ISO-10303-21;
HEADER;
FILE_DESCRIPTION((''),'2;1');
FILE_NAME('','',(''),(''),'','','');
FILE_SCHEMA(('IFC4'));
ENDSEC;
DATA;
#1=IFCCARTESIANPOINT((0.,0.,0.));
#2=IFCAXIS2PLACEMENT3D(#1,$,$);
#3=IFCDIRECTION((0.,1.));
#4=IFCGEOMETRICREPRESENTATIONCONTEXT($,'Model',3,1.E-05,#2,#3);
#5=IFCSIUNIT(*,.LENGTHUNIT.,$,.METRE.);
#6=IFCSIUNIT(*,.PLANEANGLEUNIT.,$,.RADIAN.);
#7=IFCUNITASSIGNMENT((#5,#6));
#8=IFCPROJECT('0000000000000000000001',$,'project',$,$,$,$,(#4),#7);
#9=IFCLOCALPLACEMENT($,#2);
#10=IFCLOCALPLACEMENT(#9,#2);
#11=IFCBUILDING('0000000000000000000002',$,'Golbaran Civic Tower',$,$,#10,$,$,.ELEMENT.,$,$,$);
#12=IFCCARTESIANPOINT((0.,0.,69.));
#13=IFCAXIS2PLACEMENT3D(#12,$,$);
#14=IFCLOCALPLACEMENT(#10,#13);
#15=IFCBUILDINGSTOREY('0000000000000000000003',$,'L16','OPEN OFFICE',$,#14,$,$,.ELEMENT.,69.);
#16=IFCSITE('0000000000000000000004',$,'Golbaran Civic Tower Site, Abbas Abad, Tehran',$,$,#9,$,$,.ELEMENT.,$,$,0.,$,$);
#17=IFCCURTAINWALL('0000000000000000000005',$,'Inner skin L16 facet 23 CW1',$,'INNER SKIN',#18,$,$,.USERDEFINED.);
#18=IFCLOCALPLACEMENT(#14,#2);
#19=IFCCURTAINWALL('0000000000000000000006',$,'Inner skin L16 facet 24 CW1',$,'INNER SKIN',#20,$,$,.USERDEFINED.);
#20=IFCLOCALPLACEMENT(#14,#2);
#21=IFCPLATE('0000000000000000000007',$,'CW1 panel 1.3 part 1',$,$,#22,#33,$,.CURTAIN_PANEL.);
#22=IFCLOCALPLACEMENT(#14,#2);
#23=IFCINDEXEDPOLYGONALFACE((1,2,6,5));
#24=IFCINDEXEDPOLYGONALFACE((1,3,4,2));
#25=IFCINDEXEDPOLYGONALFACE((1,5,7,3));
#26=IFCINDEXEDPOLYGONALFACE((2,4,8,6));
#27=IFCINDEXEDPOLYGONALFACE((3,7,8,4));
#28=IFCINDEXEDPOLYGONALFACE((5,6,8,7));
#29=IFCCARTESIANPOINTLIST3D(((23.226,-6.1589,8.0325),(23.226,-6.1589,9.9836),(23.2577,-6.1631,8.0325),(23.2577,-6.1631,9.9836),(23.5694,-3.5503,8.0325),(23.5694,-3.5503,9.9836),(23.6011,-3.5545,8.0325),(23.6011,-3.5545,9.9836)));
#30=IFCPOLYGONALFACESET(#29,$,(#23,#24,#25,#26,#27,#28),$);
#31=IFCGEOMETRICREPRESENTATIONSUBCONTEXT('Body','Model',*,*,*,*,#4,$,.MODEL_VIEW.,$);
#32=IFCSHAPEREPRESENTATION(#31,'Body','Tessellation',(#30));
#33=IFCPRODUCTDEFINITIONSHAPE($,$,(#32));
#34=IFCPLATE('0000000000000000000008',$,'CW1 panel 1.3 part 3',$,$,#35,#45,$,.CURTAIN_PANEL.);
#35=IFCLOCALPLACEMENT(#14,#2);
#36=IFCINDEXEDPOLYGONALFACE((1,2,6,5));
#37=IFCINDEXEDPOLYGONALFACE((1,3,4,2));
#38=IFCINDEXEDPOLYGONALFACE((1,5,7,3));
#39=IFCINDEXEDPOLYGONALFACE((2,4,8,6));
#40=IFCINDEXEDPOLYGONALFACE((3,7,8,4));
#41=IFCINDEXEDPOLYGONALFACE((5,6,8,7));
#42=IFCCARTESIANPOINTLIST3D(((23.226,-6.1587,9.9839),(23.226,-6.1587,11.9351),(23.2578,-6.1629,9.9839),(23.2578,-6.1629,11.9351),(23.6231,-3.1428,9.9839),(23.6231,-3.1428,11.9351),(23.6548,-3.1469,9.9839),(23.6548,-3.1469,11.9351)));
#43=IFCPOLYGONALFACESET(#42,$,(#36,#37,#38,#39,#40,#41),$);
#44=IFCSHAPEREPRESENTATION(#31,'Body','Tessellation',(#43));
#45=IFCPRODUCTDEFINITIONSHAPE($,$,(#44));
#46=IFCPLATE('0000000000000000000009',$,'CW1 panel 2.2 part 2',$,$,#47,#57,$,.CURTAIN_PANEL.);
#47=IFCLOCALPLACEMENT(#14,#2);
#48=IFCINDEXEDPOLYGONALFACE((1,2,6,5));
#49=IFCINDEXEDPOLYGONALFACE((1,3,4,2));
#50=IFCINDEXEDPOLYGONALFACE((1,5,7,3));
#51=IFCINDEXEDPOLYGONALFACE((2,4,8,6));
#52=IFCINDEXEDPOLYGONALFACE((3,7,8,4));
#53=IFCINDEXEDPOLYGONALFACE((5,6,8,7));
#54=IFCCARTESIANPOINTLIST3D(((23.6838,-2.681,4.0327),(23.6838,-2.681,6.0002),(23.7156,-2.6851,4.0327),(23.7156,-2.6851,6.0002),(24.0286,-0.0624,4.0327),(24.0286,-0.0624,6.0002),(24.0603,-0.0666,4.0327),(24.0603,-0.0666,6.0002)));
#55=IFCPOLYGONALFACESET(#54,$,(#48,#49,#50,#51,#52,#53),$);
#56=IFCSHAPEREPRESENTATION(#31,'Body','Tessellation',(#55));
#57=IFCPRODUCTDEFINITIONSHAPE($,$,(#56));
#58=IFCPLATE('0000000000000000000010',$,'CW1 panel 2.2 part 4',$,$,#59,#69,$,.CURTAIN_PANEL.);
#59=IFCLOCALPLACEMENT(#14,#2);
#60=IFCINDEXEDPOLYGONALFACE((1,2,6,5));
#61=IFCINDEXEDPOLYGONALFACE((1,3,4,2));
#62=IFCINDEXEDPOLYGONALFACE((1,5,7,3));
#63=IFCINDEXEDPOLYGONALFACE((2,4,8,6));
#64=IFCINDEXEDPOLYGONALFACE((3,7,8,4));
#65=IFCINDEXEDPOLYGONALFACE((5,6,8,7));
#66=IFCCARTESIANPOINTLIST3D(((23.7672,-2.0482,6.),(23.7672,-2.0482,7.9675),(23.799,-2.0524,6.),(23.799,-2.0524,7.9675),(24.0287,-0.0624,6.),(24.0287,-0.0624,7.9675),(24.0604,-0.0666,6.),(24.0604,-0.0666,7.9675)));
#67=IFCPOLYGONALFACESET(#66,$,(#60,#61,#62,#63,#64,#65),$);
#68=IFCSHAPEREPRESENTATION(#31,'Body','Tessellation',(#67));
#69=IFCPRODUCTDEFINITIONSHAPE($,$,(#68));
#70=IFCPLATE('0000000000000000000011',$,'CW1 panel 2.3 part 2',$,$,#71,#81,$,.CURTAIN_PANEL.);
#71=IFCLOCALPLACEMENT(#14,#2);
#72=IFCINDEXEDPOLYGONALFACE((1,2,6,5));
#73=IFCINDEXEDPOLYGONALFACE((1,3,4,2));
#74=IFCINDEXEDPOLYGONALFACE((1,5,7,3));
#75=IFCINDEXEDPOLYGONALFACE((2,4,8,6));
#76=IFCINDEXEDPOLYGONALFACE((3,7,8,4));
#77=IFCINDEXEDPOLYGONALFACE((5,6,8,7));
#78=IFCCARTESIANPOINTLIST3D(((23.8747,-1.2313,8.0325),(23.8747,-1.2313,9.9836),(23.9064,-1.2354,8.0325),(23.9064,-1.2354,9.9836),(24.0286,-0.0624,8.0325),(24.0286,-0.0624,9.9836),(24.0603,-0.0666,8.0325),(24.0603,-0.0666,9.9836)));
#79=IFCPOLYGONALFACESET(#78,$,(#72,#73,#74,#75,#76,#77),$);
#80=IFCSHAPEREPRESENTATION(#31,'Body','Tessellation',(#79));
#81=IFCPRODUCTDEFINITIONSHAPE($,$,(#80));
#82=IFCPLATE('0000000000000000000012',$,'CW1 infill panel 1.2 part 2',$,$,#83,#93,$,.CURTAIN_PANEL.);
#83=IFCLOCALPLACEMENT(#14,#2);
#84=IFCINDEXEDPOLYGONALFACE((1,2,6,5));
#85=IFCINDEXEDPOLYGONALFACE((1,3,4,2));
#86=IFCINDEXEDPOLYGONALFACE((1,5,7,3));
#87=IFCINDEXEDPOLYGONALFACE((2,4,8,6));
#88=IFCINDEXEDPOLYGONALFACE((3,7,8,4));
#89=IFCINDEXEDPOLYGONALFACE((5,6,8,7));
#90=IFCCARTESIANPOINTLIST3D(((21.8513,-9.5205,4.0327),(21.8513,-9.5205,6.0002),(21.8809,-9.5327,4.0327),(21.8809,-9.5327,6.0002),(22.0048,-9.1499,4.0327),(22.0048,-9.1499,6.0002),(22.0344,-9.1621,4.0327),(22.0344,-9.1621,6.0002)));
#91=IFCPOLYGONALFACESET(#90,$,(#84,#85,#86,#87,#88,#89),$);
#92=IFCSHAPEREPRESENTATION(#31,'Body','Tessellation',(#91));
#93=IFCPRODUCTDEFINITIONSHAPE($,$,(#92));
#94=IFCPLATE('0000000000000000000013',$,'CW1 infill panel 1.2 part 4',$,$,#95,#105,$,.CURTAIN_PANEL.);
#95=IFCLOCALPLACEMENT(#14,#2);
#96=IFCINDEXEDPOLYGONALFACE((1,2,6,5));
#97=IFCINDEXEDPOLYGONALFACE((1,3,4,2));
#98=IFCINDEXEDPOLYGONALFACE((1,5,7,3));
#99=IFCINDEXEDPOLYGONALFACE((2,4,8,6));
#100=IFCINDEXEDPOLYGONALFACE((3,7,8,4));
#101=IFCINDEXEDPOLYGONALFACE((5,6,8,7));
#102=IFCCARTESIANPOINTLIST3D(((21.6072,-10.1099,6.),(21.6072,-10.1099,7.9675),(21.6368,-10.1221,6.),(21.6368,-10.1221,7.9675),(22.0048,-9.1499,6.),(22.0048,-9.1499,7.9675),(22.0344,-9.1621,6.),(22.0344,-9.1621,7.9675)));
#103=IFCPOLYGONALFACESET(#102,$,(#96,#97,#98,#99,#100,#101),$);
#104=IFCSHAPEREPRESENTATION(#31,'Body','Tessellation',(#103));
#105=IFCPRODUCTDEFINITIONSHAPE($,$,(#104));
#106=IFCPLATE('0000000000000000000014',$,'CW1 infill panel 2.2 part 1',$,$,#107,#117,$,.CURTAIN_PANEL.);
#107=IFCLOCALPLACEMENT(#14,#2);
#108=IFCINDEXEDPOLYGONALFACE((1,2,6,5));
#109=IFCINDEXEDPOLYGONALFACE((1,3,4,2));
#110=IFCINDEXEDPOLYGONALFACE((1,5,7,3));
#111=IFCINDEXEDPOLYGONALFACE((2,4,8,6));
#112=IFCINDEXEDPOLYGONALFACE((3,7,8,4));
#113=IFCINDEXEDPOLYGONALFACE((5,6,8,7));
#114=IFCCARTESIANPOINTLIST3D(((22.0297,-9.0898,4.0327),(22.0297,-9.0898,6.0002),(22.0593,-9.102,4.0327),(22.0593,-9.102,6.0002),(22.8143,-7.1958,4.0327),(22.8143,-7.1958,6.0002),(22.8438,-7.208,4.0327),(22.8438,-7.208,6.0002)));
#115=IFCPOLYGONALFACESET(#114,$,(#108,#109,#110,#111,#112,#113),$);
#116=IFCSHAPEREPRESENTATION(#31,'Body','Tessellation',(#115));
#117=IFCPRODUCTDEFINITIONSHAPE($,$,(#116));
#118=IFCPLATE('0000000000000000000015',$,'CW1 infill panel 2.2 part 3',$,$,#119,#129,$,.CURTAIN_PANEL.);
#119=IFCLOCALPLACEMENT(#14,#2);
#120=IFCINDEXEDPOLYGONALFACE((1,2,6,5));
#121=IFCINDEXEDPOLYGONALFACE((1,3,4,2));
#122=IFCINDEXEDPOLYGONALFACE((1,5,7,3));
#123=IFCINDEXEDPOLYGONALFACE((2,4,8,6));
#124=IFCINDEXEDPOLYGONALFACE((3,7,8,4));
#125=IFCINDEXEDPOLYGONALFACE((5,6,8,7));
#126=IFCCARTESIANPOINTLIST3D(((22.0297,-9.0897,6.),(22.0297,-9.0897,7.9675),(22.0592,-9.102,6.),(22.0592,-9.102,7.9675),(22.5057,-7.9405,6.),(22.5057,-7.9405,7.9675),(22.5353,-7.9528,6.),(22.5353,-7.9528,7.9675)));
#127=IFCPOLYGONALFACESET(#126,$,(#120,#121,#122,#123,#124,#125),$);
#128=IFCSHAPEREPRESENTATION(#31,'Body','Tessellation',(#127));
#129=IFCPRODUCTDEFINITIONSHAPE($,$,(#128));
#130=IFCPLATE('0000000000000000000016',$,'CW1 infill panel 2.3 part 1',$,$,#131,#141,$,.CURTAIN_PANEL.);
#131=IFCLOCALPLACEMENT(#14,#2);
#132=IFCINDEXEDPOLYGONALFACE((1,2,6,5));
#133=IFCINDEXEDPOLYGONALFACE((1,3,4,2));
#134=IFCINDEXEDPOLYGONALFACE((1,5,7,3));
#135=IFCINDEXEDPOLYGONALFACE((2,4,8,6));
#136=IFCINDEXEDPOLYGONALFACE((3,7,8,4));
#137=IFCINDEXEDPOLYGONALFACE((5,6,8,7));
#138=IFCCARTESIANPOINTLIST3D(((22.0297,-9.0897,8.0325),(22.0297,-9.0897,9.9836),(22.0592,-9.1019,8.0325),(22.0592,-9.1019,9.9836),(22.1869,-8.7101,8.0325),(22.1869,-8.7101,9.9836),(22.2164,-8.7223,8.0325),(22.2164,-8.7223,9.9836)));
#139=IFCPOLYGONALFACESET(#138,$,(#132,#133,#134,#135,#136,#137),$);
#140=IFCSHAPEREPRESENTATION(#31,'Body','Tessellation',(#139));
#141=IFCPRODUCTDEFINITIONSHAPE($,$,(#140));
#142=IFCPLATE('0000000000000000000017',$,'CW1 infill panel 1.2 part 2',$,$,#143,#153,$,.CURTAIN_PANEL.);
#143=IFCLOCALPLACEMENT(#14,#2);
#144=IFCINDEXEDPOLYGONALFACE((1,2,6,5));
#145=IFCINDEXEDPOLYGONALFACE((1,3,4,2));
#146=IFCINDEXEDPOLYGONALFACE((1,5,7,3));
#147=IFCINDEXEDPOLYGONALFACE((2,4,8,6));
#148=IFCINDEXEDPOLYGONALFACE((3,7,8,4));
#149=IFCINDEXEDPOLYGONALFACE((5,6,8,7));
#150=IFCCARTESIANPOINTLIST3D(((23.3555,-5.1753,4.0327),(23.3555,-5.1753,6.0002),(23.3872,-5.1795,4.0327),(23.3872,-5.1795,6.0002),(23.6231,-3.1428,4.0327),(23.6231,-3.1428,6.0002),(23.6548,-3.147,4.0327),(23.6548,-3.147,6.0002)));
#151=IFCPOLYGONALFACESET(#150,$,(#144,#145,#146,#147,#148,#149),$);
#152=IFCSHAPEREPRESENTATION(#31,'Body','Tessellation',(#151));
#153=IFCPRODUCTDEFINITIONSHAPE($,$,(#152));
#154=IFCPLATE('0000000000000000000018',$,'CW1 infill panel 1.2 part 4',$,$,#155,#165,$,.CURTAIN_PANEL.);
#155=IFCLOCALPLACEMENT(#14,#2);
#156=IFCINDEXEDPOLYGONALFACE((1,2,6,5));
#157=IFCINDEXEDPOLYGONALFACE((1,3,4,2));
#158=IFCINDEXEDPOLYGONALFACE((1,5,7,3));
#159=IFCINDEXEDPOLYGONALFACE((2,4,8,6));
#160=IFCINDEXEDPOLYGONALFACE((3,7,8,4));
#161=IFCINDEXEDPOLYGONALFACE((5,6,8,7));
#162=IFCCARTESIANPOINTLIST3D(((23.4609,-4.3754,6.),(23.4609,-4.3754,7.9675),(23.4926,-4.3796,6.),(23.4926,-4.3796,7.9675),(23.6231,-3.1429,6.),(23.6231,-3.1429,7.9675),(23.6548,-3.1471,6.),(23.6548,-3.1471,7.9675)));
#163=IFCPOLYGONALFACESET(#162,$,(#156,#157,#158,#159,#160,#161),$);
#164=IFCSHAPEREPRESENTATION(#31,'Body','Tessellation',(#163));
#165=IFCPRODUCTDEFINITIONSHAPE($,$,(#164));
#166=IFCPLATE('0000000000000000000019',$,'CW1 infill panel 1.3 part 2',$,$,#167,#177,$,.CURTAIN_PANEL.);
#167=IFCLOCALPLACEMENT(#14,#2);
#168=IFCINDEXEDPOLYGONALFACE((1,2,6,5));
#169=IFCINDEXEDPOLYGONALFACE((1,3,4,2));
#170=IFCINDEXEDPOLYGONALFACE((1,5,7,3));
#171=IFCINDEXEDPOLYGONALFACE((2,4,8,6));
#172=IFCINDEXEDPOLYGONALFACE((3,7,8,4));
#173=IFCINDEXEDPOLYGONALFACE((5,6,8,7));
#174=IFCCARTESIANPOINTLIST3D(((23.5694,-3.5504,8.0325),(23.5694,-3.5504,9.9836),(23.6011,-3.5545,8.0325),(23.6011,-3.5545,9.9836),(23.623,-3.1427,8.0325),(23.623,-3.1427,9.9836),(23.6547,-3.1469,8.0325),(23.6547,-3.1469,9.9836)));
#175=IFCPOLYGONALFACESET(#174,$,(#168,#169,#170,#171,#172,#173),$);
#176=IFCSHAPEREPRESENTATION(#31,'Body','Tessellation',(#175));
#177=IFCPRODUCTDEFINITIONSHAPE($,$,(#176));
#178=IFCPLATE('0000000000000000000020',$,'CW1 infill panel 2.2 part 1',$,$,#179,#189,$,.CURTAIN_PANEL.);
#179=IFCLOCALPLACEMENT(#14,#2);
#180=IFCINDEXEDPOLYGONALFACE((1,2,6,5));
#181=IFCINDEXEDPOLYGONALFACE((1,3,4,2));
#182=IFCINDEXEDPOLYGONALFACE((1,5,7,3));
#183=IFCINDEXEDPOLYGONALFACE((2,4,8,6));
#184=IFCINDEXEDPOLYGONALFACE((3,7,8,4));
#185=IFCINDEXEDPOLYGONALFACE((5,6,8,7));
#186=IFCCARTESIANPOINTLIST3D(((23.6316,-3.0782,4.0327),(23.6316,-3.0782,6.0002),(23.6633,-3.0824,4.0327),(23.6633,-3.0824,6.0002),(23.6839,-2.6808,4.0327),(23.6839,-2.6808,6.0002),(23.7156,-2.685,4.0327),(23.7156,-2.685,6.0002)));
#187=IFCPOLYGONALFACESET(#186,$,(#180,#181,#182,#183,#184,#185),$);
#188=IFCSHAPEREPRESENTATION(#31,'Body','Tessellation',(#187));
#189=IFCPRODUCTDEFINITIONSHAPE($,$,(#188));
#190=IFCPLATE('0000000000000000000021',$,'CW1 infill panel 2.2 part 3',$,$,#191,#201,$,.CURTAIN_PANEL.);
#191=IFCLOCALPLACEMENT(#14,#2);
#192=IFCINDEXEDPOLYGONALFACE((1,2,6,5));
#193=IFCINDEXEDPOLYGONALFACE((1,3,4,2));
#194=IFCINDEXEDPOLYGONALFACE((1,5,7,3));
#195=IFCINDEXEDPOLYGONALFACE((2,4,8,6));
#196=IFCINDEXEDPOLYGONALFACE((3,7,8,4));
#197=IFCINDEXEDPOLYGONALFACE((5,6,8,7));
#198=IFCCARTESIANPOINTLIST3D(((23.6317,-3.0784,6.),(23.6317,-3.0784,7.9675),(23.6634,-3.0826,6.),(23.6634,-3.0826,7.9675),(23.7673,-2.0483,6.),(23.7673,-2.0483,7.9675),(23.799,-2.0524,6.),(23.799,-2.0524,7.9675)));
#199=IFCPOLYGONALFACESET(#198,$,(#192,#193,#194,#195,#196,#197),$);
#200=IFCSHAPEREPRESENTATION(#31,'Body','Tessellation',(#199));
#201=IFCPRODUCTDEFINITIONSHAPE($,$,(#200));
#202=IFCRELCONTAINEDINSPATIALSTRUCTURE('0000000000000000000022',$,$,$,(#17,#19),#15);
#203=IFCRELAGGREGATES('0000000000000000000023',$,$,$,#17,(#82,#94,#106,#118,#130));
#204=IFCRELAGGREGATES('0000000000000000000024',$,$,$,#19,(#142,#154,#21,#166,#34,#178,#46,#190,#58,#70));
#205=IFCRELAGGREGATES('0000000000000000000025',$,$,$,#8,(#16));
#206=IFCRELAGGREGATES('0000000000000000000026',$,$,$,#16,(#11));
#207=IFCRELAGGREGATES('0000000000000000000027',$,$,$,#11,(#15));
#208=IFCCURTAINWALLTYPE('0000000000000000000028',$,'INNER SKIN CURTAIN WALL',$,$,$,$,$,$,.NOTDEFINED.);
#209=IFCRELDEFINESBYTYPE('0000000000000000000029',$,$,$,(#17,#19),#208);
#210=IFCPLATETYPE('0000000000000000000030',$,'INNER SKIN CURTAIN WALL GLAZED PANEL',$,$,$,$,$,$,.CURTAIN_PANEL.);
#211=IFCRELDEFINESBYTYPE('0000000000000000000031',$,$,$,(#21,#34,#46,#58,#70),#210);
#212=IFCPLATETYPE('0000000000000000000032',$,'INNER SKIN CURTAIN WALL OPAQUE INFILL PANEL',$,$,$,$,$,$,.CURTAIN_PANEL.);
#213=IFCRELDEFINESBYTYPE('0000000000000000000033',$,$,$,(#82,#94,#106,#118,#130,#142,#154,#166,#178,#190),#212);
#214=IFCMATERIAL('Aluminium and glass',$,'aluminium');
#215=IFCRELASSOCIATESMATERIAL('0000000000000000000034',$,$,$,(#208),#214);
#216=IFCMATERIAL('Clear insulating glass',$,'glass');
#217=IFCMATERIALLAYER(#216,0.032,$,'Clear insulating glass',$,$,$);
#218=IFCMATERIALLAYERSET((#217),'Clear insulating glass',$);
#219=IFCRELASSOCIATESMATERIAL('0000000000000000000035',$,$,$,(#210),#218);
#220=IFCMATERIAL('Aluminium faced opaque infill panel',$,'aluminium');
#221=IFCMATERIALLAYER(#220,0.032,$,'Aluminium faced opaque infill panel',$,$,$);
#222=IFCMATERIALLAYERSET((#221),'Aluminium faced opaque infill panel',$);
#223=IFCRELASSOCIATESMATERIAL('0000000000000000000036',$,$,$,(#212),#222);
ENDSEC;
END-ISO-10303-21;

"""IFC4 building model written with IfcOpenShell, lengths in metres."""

from ifc_helpers import new_model, si_unit, direction, frame, origin, origin_2d, place, context, subcontext, project, spatial, rectangle, extrude, material, layer, layer_set, type_object, element, aggregate, save


model = new_model("IFC4")

# Units and contexts
model_context = context("Model", 3, precision=1e-05, world=origin(), true_north=direction((0.0, 1.0)))
body_context = subcontext(model_context, "Body", "Model", "MODEL_VIEW")
ifc_project = project(units=[si_unit("LENGTHUNIT", "METRE"), si_unit("PLANEANGLEUNIT", "RADIAN")], contexts=[model_context])

# Site, building, storey
site_placement = place(None, origin())
site = spatial("IfcSite", under=ifc_project, at=site_placement, Name="Golbaran Civic Tower Site, Abbas Abad, Tehran", CompositionType="ELEMENT", RefElevation=0.0)
building_placement = place(site_placement, origin())
building = spatial("IfcBuilding", under=site, at=building_placement, Name="Golbaran Civic Tower", CompositionType="ELEMENT")
storey_placement = place(building_placement, frame((0.0, 0.0, 69.0)))
storey = spatial("IfcBuildingStorey", under=building, at=storey_placement, Name="L16", Description="OPEN OFFICE", CompositionType="ELEMENT", Elevation=69.0)

# Curtain walls
ifc_material_1 = material(Name="Aluminium and glass", Category="aluminium")
curtain_wall_type_1 = type_object("IfcCurtainWallType", Name="INNER SKIN CURTAIN WALL", PredefinedType="NOTDEFINED", material=ifc_material_1)
curtain_wall_1_placement = place(storey_placement, origin())
curtain_wall_1 = element("IfcCurtainWall", 1, at=curtain_wall_1_placement, inside=storey, type_object=curtain_wall_type_1, Name="Inner skin L16 facet 23 CW1", ObjectType="INNER SKIN", PredefinedType="USERDEFINED")
curtain_wall_2_placement = place(storey_placement, origin())
curtain_wall_2 = element("IfcCurtainWall", 2, at=curtain_wall_2_placement, inside=storey, type_object=curtain_wall_type_1, Name="Inner skin L16 facet 24 CW1", ObjectType="INNER SKIN", PredefinedType="USERDEFINED")

# Plates
ifc_material_2 = material(Name="Clear insulating glass", Category="glass")
ifc_layer_1 = layer(ifc_material_2, 0.032, Name="Clear insulating glass")
ifc_layer_set_1 = layer_set([ifc_layer_1], Name="Clear insulating glass")
plate_type_1 = type_object("IfcPlateType", Name="INNER SKIN CURTAIN WALL GLAZED PANEL", PredefinedType="CURTAIN_PANEL", material=ifc_layer_set_1)
plate_1_placement = place(storey_placement, frame((23.4136, -4.8567, 8.0325), z_axis=(0.0, 0.0, 1.0), x_axis=(0.130526, 0.991445, 0.0)))
plate_1 = element("IfcPlate", 3, at=plate_1_placement, type_object=plate_type_1, Name="CW1 panel 1.3 part 1", PredefinedType="CURTAIN_PANEL", context=body_context, shape_type="SweptSolid", body=[
    extrude(rectangle(XDim=2.6311, YDim=0.032, at=origin_2d()), origin(), (0.0, 0.0, 1.0), 1.9512),
])
plate_2_placement = place(storey_placement, frame((23.4404, -4.6528, 9.9839), z_axis=(0.0, 0.0, 1.0), x_axis=(0.130526, 0.991445, 0.0)))
plate_2 = element("IfcPlate", 4, at=plate_2_placement, type_object=plate_type_1, Name="CW1 panel 1.3 part 3", PredefinedType="CURTAIN_PANEL", context=body_context, shape_type="SweptSolid", body=[
    extrude(rectangle(XDim=3.042, YDim=0.032, at=origin_2d()), origin(), (0.0, 0.0, 1.0), 1.9512),
])
plate_3_placement = place(storey_placement, frame((23.8721, -1.3738, 4.0327), z_axis=(0.0, 0.0, 1.0), x_axis=(0.130526, 0.991445, 0.0)))
plate_3 = element("IfcPlate", 5, at=plate_3_placement, type_object=plate_type_1, Name="CW1 panel 2.2 part 2", PredefinedType="CURTAIN_PANEL", context=body_context, shape_type="SweptSolid", body=[
    extrude(rectangle(XDim=2.6411, YDim=0.032, at=origin_2d()), origin(), (0.0, 0.0, 1.0), 1.9675),
])
plate_4_placement = place(storey_placement, frame((23.9138, -1.0574, 6.0), z_axis=(0.0, 0.0, 1.0), x_axis=(0.130526, 0.991445, 0.0)))
plate_4 = element("IfcPlate", 6, at=plate_4_placement, type_object=plate_type_1, Name="CW1 panel 2.2 part 4", PredefinedType="CURTAIN_PANEL", context=body_context, shape_type="SweptSolid", body=[
    extrude(rectangle(XDim=2.0029, YDim=0.032, at=origin_2d()), origin(), (0.0, 0.0, 1.0), 1.9675),
])
plate_5_placement = place(storey_placement, frame((23.9675, -0.6489, 8.0325), z_axis=(0.0, 0.0, 1.0), x_axis=(0.130526, 0.991445, 0.0)))
plate_5 = element("IfcPlate", 7, at=plate_5_placement, type_object=plate_type_1, Name="CW1 panel 2.3 part 2", PredefinedType="CURTAIN_PANEL", context=body_context, shape_type="SweptSolid", body=[
    extrude(rectangle(XDim=1.179, YDim=0.032, at=origin_2d()), origin(), (0.0, 0.0, 1.0), 1.9512),
])
ifc_material_3 = material(Name="Aluminium faced opaque infill panel", Category="aluminium")
ifc_layer_2 = layer(ifc_material_3, 0.032, Name="Aluminium faced opaque infill panel")
ifc_layer_set_2 = layer_set([ifc_layer_2], Name="Aluminium faced opaque infill panel")
plate_type_2 = type_object("IfcPlateType", Name="INNER SKIN CURTAIN WALL OPAQUE INFILL PANEL", PredefinedType="CURTAIN_PANEL", material=ifc_layer_set_2)
plate_6_placement = place(storey_placement, frame((21.9429, -9.3413, 4.0327), z_axis=(0.0, 0.0, 1.0), x_axis=(0.382683, 0.92388, 0.0)))
plate_6 = element("IfcPlate", 8, at=plate_6_placement, type_object=plate_type_2, Name="CW1 infill panel 1.2 part 2", PredefinedType="CURTAIN_PANEL", context=body_context, shape_type="SweptSolid", body=[
    extrude(rectangle(XDim=0.4011, YDim=0.032, at=origin_2d()), origin(), (0.0, 0.0, 1.0), 1.9675),
])
plate_7_placement = place(storey_placement, frame((21.8208, -9.636, 6.0), z_axis=(0.0, 0.0, 1.0), x_axis=(0.382683, 0.92388, 0.0)))
plate_7 = element("IfcPlate", 9, at=plate_7_placement, type_object=plate_type_2, Name="CW1 infill panel 1.2 part 4", PredefinedType="CURTAIN_PANEL", context=body_context, shape_type="SweptSolid", body=[
    extrude(rectangle(XDim=1.0391, YDim=0.032, at=origin_2d()), origin(), (0.0, 0.0, 1.0), 1.9675),
])
plate_8_placement = place(storey_placement, frame((22.4368, -8.1489, 4.0327), z_axis=(0.0, 0.0, 1.0), x_axis=(0.382683, 0.92388, 0.0)))
plate_8 = element("IfcPlate", 10, at=plate_8_placement, type_object=plate_type_2, Name="CW1 infill panel 2.2 part 1", PredefinedType="CURTAIN_PANEL", context=body_context, shape_type="SweptSolid", body=[
    extrude(rectangle(XDim=2.05, YDim=0.032, at=origin_2d()), origin(), (0.0, 0.0, 1.0), 1.9675),
])
plate_9_placement = place(storey_placement, frame((22.2825, -8.5212, 6.0), z_axis=(0.0, 0.0, 1.0), x_axis=(0.382683, 0.92388, 0.0)))
plate_9 = element("IfcPlate", 11, at=plate_9_placement, type_object=plate_type_2, Name="CW1 infill panel 2.2 part 3", PredefinedType="CURTAIN_PANEL", context=body_context, shape_type="SweptSolid", body=[
    extrude(rectangle(XDim=1.2439, YDim=0.032, at=origin_2d()), origin(), (0.0, 0.0, 1.0), 1.9675),
])
plate_10_placement = place(storey_placement, frame((22.123, -8.906, 8.0325), z_axis=(0.0, 0.0, 1.0), x_axis=(0.382683, 0.92388, 0.0)))
plate_10 = element("IfcPlate", 12, at=plate_10_placement, type_object=plate_type_2, Name="CW1 infill panel 2.3 part 1", PredefinedType="CURTAIN_PANEL", context=body_context, shape_type="SweptSolid", body=[
    extrude(rectangle(XDim=0.4109, YDim=0.032, at=origin_2d()), origin(), (0.0, 0.0, 1.0), 1.9512),
])
aggregate(curtain_wall_1, [plate_6, plate_7, plate_8, plate_9, plate_10])
plate_11_placement = place(storey_placement, frame((23.5051, -4.1611, 4.0327), z_axis=(0.0, 0.0, 1.0), x_axis=(0.130526, 0.991445, 0.0)))
plate_11 = element("IfcPlate", 13, at=plate_11_placement, type_object=plate_type_2, Name="CW1 infill panel 1.2 part 2", PredefinedType="CURTAIN_PANEL", context=body_context, shape_type="SweptSolid", body=[
    extrude(rectangle(XDim=2.05, YDim=0.032, at=origin_2d()), origin(), (0.0, 0.0, 1.0), 1.9675),
])
plate_12_placement = place(storey_placement, frame((23.5579, -3.7612, 6.0), z_axis=(0.0, 0.0, 1.0), x_axis=(0.130526, 0.991445, 0.0)))
plate_12 = element("IfcPlate", 14, at=plate_12_placement, type_object=plate_type_2, Name="CW1 infill panel 1.2 part 4", PredefinedType="CURTAIN_PANEL", context=body_context, shape_type="SweptSolid", body=[
    extrude(rectangle(XDim=1.2432, YDim=0.032, at=origin_2d()), origin(), (0.0, 0.0, 1.0), 1.9675),
])
plate_13_placement = place(storey_placement, frame((23.6121, -3.3486, 8.0325), z_axis=(0.0, 0.0, 1.0), x_axis=(0.130526, 0.991445, 0.0)))
plate_13 = element("IfcPlate", 15, at=plate_13_placement, type_object=plate_type_2, Name="CW1 infill panel 1.3 part 2", PredefinedType="CURTAIN_PANEL", context=body_context, shape_type="SweptSolid", body=[
    extrude(rectangle(XDim=0.4111, YDim=0.032, at=origin_2d()), origin(), (0.0, 0.0, 1.0), 1.9512),
])
plate_14_placement = place(storey_placement, frame((23.6736, -2.8816, 4.0327), z_axis=(0.0, 0.0, 1.0), x_axis=(0.130526, 0.991445, 0.0)))
plate_14 = element("IfcPlate", 16, at=plate_14_placement, type_object=plate_type_2, Name="CW1 infill panel 2.2 part 1", PredefinedType="CURTAIN_PANEL", context=body_context, shape_type="SweptSolid", body=[
    extrude(rectangle(XDim=0.4009, YDim=0.032, at=origin_2d()), origin(), (0.0, 0.0, 1.0), 1.9675),
])
plate_15_placement = place(storey_placement, frame((23.7153, -2.5654, 6.0), z_axis=(0.0, 0.0, 1.0), x_axis=(0.130526, 0.991445, 0.0)))
plate_15 = element("IfcPlate", 17, at=plate_15_placement, type_object=plate_type_2, Name="CW1 infill panel 2.2 part 3", PredefinedType="CURTAIN_PANEL", context=body_context, shape_type="SweptSolid", body=[
    extrude(rectangle(XDim=1.0391, YDim=0.032, at=origin_2d()), origin(), (0.0, 0.0, 1.0), 1.9675),
])
aggregate(curtain_wall_2, [plate_11, plate_12, plate_1, plate_13, plate_2, plate_14, plate_3, plate_15, plate_4, plate_5])

save(model, "model.ifc")
